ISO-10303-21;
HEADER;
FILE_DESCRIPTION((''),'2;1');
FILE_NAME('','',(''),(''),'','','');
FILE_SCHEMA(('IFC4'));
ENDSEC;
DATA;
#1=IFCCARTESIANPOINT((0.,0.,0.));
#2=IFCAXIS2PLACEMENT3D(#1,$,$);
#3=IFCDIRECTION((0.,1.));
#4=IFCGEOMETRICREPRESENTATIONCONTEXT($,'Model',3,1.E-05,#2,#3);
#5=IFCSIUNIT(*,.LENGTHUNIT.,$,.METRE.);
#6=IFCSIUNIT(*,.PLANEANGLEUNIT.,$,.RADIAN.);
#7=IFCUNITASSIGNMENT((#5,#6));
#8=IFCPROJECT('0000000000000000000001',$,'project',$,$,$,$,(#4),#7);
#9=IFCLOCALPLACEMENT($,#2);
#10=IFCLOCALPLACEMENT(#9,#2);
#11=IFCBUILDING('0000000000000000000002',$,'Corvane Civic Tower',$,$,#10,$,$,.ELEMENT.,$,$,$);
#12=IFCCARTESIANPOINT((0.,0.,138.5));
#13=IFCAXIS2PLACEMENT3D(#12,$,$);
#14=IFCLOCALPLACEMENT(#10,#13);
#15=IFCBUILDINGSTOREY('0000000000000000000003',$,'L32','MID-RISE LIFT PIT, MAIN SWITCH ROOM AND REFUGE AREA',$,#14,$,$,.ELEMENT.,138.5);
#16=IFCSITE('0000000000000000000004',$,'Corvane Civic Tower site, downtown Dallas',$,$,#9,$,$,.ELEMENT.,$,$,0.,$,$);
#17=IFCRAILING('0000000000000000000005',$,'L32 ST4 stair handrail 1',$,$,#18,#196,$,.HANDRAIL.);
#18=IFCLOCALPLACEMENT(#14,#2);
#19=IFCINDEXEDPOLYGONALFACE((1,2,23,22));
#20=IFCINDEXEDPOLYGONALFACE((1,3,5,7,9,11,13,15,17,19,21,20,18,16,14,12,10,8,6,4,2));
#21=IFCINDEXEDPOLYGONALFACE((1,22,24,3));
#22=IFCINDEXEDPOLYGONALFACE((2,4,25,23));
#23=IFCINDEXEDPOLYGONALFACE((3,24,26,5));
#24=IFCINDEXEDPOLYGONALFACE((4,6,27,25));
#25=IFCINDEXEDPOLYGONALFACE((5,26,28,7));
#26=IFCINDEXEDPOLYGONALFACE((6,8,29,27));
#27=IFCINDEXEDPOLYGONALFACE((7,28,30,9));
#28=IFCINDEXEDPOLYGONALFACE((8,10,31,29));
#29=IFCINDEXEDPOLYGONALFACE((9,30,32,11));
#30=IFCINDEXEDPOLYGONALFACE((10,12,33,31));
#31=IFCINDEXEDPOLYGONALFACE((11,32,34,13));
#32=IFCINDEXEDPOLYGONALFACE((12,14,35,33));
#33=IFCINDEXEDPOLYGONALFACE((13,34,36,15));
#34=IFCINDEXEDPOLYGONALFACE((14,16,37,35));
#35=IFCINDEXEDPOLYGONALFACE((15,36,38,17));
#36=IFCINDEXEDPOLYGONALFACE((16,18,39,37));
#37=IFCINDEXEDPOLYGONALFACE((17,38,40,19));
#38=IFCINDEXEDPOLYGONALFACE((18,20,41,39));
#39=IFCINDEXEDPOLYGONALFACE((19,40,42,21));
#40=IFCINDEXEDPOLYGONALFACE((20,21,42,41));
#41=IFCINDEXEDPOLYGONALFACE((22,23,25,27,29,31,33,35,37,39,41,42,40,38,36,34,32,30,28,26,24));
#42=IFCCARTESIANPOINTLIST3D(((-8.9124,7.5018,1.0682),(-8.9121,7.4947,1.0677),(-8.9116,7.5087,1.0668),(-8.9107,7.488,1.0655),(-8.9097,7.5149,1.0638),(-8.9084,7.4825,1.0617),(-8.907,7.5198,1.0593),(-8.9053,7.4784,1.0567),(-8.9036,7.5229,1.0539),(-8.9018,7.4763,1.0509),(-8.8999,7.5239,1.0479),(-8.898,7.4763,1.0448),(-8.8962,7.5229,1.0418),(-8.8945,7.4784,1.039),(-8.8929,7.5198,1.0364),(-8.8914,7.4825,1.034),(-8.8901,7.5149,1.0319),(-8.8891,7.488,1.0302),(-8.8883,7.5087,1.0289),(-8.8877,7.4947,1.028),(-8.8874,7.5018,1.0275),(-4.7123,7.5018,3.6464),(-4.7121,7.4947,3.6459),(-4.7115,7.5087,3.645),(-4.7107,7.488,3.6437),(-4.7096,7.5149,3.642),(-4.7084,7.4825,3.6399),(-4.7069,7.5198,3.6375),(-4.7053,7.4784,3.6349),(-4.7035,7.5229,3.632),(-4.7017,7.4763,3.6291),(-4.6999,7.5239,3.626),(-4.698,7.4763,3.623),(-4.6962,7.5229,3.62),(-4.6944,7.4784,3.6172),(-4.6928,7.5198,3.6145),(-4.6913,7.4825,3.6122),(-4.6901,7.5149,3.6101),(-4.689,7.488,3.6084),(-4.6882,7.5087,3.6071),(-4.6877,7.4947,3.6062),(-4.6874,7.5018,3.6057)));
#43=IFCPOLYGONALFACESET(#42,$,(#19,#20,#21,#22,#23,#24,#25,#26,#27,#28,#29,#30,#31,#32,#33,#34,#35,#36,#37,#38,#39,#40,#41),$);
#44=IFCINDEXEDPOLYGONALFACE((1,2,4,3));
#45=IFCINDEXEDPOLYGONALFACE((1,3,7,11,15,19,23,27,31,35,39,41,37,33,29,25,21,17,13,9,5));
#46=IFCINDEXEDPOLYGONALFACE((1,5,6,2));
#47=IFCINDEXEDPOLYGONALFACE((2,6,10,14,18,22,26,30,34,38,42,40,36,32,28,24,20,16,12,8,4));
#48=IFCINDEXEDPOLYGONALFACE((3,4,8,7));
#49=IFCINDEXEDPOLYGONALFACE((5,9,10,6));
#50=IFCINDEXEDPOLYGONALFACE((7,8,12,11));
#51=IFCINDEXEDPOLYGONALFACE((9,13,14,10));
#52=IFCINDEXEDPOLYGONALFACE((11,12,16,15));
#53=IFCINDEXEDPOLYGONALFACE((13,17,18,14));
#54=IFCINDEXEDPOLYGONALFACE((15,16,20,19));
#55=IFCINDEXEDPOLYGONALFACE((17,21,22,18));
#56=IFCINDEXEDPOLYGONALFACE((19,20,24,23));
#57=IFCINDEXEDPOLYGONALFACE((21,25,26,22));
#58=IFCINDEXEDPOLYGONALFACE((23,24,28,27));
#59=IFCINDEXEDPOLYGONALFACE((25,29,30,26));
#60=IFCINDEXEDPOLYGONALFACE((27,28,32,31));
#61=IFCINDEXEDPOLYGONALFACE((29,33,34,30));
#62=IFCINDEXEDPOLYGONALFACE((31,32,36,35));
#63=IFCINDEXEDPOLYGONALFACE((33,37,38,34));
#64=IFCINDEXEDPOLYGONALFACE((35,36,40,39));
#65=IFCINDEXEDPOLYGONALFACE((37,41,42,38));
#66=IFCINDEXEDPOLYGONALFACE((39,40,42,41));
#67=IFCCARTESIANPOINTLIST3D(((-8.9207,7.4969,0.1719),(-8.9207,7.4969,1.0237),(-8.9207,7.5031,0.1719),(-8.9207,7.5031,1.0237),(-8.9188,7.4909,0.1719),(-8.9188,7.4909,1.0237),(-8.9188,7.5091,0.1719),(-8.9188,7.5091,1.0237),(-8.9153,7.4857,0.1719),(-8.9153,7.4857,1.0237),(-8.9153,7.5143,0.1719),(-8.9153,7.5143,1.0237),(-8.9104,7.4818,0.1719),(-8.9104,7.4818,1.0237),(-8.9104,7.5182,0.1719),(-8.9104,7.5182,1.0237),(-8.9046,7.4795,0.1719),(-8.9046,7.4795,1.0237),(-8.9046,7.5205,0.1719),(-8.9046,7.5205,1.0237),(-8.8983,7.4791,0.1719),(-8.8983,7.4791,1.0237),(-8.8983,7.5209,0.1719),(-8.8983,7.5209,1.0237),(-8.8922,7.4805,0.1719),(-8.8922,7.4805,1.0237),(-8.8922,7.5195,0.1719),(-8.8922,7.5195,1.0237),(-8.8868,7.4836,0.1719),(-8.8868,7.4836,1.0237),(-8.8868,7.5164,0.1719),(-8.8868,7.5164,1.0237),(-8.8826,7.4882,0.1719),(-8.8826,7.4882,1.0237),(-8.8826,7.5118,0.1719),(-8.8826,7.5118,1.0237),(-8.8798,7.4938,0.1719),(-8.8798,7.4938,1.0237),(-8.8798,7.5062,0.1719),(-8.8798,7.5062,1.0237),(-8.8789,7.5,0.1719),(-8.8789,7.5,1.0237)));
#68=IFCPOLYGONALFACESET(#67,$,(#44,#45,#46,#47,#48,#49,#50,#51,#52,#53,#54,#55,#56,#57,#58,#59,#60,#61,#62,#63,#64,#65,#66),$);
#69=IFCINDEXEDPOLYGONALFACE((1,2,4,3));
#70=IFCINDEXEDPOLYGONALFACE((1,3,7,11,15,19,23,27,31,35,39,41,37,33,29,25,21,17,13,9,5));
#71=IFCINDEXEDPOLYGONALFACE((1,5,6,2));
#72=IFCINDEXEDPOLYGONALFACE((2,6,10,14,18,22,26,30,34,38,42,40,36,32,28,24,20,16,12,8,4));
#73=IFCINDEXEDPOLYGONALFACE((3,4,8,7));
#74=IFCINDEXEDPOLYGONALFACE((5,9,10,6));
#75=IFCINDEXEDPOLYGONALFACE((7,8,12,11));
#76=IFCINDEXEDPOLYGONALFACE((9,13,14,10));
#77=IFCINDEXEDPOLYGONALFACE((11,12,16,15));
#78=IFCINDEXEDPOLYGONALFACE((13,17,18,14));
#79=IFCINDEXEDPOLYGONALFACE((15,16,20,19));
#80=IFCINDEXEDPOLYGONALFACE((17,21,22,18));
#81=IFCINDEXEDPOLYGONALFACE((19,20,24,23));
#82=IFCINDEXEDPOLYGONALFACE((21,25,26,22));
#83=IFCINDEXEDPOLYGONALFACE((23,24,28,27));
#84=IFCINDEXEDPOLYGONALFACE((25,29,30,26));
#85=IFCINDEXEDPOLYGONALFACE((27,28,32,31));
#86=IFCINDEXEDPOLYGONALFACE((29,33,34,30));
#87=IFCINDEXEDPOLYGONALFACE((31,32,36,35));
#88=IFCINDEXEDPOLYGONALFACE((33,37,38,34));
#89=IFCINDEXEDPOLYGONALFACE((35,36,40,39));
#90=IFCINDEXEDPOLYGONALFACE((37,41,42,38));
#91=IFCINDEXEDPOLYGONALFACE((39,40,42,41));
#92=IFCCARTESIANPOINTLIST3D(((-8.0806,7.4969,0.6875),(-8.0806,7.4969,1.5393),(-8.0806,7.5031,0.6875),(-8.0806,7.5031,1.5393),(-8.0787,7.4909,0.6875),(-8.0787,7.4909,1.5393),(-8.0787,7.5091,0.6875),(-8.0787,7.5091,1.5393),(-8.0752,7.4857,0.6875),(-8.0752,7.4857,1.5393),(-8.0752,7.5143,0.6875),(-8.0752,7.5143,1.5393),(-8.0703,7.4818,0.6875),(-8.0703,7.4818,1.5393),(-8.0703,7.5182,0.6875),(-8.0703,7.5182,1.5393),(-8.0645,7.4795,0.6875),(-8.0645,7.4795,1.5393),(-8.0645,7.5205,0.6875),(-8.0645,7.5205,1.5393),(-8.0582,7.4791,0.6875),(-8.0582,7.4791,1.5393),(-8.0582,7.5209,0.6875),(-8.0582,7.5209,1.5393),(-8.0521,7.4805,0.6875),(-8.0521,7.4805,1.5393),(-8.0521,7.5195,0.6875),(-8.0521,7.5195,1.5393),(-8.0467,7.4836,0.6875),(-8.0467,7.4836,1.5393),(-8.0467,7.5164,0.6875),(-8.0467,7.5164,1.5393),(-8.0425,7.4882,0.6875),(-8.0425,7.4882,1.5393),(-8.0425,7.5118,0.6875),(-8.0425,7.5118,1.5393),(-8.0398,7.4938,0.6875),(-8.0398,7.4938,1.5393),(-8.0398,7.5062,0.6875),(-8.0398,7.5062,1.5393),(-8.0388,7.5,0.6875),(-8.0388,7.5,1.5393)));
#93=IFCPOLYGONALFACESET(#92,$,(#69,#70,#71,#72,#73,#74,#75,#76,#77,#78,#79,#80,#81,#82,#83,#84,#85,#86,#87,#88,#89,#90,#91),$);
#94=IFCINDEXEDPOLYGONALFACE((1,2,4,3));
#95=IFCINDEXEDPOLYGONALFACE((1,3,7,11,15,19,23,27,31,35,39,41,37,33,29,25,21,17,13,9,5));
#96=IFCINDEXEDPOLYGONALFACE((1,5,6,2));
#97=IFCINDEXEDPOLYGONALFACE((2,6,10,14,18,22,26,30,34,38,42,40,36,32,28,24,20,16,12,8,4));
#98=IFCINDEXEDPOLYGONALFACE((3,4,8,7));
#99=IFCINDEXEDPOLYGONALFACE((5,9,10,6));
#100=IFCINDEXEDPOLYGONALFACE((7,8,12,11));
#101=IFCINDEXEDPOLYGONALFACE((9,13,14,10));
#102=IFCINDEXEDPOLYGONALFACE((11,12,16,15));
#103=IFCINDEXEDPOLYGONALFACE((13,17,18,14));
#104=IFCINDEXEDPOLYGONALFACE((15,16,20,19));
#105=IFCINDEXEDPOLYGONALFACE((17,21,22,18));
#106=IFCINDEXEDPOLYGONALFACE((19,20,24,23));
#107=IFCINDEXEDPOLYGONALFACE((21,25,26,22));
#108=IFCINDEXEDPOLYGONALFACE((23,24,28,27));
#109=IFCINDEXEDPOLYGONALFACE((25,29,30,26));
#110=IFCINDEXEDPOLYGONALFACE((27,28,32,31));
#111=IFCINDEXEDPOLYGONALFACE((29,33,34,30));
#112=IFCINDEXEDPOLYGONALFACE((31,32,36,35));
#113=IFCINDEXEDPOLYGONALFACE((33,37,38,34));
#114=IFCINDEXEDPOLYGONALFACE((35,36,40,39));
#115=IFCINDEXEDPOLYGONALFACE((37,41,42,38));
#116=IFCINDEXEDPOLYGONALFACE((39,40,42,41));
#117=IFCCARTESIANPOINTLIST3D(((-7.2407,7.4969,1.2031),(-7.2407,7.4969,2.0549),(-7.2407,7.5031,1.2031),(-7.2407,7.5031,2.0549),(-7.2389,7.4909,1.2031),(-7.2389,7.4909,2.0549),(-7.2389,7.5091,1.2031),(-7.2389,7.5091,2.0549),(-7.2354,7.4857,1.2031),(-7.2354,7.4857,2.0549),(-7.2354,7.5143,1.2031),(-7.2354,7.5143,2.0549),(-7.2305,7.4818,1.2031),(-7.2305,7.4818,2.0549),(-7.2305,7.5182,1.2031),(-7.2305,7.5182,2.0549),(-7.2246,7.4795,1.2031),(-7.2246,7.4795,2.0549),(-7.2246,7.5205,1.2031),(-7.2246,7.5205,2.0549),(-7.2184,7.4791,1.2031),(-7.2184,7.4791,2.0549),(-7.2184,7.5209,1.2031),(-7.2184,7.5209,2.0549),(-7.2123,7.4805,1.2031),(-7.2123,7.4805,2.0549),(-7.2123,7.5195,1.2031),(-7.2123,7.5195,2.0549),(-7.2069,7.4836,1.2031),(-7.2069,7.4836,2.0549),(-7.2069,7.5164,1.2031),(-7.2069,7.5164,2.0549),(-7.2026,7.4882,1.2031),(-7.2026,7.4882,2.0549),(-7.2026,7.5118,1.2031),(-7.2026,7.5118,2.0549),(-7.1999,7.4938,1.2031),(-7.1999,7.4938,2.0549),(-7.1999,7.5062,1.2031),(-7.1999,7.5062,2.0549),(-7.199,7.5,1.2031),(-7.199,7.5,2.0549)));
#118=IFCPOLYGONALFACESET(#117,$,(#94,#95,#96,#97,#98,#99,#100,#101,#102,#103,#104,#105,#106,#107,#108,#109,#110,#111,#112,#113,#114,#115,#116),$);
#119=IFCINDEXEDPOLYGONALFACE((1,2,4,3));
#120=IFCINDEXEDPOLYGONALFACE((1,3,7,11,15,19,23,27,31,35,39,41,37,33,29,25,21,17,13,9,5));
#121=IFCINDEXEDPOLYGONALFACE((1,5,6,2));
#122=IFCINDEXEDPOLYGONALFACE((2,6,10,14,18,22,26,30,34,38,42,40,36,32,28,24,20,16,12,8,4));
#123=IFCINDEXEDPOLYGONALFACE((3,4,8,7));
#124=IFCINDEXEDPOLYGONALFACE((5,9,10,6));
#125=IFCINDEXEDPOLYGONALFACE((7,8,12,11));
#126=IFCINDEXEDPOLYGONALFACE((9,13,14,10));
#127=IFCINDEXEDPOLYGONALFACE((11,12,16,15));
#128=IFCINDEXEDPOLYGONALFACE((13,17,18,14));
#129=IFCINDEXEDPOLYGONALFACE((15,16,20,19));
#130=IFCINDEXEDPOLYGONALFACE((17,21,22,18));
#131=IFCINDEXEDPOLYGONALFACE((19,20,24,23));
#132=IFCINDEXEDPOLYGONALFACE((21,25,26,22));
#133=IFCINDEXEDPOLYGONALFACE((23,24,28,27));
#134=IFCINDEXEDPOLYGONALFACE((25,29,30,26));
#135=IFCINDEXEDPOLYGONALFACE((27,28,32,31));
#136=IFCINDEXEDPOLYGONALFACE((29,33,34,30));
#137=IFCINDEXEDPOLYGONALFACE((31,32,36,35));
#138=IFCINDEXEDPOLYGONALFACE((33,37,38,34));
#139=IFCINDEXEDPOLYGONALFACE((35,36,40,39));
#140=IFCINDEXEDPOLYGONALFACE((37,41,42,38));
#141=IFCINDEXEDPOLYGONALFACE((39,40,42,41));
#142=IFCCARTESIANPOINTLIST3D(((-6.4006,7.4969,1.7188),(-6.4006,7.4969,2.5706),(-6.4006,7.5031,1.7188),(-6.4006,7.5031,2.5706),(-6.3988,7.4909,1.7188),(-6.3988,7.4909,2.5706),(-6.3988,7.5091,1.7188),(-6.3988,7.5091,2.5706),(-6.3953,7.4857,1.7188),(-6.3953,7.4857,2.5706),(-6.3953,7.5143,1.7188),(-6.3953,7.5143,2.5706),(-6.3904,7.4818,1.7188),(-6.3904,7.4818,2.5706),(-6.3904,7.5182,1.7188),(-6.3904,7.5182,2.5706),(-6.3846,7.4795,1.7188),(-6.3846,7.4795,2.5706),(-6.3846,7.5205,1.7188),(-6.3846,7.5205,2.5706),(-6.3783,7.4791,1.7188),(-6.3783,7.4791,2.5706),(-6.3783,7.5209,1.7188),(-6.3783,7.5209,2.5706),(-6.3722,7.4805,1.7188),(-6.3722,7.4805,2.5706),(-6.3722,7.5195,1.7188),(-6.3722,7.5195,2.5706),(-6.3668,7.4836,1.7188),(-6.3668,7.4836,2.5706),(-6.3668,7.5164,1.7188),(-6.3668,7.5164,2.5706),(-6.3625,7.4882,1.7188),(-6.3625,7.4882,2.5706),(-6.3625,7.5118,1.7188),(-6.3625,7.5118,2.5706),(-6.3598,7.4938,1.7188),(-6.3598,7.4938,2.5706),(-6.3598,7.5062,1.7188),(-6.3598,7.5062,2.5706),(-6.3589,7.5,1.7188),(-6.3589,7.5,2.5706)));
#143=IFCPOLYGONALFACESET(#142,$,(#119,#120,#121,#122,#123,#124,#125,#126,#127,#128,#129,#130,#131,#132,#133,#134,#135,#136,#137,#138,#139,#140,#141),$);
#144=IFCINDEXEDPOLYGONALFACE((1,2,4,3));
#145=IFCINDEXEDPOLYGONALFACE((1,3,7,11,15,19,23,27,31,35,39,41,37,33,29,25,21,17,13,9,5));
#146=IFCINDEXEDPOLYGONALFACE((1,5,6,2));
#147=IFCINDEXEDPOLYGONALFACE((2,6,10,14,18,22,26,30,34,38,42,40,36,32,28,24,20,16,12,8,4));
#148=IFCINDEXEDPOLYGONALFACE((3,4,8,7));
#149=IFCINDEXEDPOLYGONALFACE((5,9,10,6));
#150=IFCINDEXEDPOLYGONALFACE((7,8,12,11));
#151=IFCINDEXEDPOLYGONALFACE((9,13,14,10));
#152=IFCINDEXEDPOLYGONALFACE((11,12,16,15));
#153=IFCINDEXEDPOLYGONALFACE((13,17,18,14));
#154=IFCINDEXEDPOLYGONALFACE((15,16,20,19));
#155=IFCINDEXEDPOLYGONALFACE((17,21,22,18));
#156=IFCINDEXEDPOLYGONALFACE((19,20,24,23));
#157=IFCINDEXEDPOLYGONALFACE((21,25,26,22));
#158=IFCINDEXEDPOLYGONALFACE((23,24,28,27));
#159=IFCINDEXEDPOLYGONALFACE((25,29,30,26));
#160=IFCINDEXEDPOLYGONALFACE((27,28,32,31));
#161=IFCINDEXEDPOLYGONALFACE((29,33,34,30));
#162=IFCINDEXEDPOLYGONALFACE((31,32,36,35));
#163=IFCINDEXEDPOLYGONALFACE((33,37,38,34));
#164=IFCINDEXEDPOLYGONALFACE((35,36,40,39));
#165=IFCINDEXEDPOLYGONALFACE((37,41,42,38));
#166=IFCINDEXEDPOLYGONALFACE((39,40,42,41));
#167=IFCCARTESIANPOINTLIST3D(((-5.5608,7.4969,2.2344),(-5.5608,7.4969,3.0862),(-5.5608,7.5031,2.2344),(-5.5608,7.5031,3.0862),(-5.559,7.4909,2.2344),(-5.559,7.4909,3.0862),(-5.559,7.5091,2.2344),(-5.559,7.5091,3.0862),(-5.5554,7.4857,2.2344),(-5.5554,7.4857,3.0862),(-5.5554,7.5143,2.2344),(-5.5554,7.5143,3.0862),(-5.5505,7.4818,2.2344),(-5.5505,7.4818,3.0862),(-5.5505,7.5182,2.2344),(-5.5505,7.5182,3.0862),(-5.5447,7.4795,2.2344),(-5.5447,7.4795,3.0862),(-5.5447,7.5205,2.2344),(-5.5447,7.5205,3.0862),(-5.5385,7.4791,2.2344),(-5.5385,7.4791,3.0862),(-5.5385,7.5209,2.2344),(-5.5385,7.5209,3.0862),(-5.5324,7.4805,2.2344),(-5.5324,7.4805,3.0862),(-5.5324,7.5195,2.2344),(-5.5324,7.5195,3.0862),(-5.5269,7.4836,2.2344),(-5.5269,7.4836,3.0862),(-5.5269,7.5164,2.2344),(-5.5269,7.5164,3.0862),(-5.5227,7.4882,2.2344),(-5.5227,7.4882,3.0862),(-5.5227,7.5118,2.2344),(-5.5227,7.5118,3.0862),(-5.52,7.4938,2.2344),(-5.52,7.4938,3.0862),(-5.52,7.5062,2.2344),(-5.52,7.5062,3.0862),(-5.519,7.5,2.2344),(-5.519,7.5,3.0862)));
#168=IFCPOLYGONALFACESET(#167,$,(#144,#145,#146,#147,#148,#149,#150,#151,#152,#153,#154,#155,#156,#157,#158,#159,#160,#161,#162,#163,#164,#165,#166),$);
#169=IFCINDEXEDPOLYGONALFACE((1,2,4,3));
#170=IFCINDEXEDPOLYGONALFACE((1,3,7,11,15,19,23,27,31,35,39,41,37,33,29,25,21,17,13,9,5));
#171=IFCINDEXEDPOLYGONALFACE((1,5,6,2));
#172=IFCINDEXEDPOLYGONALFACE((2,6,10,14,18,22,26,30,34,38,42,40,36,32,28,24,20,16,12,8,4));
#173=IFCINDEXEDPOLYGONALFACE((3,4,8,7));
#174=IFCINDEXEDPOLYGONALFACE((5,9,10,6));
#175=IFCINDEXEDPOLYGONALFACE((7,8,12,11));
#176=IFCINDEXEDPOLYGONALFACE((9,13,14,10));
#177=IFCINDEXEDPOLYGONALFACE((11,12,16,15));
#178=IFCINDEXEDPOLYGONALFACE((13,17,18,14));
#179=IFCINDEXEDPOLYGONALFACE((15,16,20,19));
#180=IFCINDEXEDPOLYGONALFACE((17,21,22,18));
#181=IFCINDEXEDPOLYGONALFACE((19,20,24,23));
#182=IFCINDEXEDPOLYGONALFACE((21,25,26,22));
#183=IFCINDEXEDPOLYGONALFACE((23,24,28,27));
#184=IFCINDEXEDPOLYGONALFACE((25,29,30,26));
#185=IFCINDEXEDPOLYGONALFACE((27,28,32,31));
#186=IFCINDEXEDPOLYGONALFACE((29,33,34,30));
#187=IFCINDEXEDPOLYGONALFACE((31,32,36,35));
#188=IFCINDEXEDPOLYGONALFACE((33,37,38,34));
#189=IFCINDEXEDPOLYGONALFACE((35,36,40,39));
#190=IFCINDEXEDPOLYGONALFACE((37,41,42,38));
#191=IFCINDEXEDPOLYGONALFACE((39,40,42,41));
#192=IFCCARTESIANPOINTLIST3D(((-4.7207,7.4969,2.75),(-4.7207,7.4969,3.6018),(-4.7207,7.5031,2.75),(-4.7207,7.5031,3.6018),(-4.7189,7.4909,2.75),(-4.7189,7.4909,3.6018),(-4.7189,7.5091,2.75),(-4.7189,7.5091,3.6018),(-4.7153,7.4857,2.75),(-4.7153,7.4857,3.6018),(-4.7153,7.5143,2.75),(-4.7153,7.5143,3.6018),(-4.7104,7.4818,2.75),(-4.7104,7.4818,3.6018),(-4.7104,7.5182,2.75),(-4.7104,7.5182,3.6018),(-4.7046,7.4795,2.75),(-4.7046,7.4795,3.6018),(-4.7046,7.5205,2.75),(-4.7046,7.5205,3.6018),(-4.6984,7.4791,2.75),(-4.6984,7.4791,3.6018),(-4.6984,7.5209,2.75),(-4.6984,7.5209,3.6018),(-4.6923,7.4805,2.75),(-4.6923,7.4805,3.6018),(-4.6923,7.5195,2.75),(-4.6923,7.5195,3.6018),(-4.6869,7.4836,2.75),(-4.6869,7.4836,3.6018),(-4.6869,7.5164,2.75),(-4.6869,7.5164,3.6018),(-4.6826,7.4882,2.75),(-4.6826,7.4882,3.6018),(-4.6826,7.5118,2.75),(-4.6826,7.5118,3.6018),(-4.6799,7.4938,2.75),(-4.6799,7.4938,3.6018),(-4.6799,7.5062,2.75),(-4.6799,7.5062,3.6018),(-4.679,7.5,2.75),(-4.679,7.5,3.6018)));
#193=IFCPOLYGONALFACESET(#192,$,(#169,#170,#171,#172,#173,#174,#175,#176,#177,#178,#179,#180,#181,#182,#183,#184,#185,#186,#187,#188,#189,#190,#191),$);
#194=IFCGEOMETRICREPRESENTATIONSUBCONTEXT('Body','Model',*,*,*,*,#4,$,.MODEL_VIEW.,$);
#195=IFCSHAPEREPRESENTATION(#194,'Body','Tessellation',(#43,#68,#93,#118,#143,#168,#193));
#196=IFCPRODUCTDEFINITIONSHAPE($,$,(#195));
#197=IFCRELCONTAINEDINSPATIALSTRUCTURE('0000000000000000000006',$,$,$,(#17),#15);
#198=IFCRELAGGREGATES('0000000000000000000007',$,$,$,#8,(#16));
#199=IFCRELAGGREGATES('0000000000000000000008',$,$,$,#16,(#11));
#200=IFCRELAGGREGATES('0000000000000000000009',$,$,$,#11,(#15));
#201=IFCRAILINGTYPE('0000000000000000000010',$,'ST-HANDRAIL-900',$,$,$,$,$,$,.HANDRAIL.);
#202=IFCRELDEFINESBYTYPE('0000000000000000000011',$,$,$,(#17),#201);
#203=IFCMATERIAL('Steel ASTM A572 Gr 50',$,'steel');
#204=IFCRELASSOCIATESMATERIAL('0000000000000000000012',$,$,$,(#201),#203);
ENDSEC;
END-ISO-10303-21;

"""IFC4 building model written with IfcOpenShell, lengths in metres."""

from ifc_helpers import new_model, si_unit, direction, frame, origin, origin_2d, place, context, subcontext, project, spatial, circle, extrude, material, type_object, element, save


model = new_model("IFC4")

# Units and contexts
model_context = context("Model", 3, precision=1e-05, world=origin(), true_north=direction((0.0, 1.0)))
body_context = subcontext(model_context, "Body", "Model", "MODEL_VIEW")
ifc_project = project(units=[si_unit("LENGTHUNIT", "METRE"), si_unit("PLANEANGLEUNIT", "RADIAN")], contexts=[model_context])

# Site, building, storey
site_placement = place(None, origin())
site = spatial("IfcSite", under=ifc_project, at=site_placement, Name="Corvane Civic Tower site, downtown Dallas", CompositionType="ELEMENT", RefElevation=0.0)
building_placement = place(site_placement, origin())
building = spatial("IfcBuilding", under=site, at=building_placement, Name="Corvane Civic Tower", CompositionType="ELEMENT")
storey_placement = place(building_placement, frame((0.0, 0.0, 138.5)))
storey = spatial("IfcBuildingStorey", under=building, at=storey_placement, Name="L32", Description="MID-RISE LIFT PIT, MAIN SWITCH ROOM AND REFUGE AREA", CompositionType="ELEMENT", Elevation=138.5)

# Railing
ifc_material_1 = material(Name="Steel ASTM A572 Gr 50", Category="steel")
railing_type_1 = type_object("IfcRailingType", Name="ST-HANDRAIL-900", PredefinedType="HANDRAIL", material=ifc_material_1)
railing_1_placement = place(storey_placement, frame((-8.8999, 7.5, 0.1719)))
element("IfcRailing", 1, at=railing_1_placement, inside=storey, type_object=railing_type_1, Name="L32 ST4 stair handrail 1", PredefinedType="HANDRAIL", context=body_context, shape_type="SweptSolid", body=[
    extrude(circle(Radius=0.0239, at=origin_2d()), frame((0.0, 0.0, 0.876), z_axis=(0.852243, 0.0, 0.523146), x_axis=(0.0, 1.0, 0.0)), (0.0, 0.0, 1.0), 4.9282),
    extrude(circle(Radius=0.021, at=origin_2d()), origin(), (0.0, 0.0, 1.0), 0.8518),
    extrude(circle(Radius=0.021, at=origin_2d()), frame((0.8401, 0.0, 0.5156)), (0.0, 0.0, 1.0), 0.8518),
    extrude(circle(Radius=0.021, at=origin_2d()), frame((1.6799, 0.0, 1.0312)), (0.0, 0.0, 1.0), 0.8518),
    extrude(circle(Radius=0.021, at=origin_2d()), frame((2.52, 0.0, 1.5469)), (0.0, 0.0, 1.0), 0.8518),
    extrude(circle(Radius=0.021, at=origin_2d()), frame((3.3599, 0.0, 2.0625)), (0.0, 0.0, 1.0), 0.8518),
    extrude(circle(Radius=0.021, at=origin_2d()), frame((4.2, 0.0, 2.5781)), (0.0, 0.0, 1.0), 0.8518),
])

save(model, "model.ifc")
